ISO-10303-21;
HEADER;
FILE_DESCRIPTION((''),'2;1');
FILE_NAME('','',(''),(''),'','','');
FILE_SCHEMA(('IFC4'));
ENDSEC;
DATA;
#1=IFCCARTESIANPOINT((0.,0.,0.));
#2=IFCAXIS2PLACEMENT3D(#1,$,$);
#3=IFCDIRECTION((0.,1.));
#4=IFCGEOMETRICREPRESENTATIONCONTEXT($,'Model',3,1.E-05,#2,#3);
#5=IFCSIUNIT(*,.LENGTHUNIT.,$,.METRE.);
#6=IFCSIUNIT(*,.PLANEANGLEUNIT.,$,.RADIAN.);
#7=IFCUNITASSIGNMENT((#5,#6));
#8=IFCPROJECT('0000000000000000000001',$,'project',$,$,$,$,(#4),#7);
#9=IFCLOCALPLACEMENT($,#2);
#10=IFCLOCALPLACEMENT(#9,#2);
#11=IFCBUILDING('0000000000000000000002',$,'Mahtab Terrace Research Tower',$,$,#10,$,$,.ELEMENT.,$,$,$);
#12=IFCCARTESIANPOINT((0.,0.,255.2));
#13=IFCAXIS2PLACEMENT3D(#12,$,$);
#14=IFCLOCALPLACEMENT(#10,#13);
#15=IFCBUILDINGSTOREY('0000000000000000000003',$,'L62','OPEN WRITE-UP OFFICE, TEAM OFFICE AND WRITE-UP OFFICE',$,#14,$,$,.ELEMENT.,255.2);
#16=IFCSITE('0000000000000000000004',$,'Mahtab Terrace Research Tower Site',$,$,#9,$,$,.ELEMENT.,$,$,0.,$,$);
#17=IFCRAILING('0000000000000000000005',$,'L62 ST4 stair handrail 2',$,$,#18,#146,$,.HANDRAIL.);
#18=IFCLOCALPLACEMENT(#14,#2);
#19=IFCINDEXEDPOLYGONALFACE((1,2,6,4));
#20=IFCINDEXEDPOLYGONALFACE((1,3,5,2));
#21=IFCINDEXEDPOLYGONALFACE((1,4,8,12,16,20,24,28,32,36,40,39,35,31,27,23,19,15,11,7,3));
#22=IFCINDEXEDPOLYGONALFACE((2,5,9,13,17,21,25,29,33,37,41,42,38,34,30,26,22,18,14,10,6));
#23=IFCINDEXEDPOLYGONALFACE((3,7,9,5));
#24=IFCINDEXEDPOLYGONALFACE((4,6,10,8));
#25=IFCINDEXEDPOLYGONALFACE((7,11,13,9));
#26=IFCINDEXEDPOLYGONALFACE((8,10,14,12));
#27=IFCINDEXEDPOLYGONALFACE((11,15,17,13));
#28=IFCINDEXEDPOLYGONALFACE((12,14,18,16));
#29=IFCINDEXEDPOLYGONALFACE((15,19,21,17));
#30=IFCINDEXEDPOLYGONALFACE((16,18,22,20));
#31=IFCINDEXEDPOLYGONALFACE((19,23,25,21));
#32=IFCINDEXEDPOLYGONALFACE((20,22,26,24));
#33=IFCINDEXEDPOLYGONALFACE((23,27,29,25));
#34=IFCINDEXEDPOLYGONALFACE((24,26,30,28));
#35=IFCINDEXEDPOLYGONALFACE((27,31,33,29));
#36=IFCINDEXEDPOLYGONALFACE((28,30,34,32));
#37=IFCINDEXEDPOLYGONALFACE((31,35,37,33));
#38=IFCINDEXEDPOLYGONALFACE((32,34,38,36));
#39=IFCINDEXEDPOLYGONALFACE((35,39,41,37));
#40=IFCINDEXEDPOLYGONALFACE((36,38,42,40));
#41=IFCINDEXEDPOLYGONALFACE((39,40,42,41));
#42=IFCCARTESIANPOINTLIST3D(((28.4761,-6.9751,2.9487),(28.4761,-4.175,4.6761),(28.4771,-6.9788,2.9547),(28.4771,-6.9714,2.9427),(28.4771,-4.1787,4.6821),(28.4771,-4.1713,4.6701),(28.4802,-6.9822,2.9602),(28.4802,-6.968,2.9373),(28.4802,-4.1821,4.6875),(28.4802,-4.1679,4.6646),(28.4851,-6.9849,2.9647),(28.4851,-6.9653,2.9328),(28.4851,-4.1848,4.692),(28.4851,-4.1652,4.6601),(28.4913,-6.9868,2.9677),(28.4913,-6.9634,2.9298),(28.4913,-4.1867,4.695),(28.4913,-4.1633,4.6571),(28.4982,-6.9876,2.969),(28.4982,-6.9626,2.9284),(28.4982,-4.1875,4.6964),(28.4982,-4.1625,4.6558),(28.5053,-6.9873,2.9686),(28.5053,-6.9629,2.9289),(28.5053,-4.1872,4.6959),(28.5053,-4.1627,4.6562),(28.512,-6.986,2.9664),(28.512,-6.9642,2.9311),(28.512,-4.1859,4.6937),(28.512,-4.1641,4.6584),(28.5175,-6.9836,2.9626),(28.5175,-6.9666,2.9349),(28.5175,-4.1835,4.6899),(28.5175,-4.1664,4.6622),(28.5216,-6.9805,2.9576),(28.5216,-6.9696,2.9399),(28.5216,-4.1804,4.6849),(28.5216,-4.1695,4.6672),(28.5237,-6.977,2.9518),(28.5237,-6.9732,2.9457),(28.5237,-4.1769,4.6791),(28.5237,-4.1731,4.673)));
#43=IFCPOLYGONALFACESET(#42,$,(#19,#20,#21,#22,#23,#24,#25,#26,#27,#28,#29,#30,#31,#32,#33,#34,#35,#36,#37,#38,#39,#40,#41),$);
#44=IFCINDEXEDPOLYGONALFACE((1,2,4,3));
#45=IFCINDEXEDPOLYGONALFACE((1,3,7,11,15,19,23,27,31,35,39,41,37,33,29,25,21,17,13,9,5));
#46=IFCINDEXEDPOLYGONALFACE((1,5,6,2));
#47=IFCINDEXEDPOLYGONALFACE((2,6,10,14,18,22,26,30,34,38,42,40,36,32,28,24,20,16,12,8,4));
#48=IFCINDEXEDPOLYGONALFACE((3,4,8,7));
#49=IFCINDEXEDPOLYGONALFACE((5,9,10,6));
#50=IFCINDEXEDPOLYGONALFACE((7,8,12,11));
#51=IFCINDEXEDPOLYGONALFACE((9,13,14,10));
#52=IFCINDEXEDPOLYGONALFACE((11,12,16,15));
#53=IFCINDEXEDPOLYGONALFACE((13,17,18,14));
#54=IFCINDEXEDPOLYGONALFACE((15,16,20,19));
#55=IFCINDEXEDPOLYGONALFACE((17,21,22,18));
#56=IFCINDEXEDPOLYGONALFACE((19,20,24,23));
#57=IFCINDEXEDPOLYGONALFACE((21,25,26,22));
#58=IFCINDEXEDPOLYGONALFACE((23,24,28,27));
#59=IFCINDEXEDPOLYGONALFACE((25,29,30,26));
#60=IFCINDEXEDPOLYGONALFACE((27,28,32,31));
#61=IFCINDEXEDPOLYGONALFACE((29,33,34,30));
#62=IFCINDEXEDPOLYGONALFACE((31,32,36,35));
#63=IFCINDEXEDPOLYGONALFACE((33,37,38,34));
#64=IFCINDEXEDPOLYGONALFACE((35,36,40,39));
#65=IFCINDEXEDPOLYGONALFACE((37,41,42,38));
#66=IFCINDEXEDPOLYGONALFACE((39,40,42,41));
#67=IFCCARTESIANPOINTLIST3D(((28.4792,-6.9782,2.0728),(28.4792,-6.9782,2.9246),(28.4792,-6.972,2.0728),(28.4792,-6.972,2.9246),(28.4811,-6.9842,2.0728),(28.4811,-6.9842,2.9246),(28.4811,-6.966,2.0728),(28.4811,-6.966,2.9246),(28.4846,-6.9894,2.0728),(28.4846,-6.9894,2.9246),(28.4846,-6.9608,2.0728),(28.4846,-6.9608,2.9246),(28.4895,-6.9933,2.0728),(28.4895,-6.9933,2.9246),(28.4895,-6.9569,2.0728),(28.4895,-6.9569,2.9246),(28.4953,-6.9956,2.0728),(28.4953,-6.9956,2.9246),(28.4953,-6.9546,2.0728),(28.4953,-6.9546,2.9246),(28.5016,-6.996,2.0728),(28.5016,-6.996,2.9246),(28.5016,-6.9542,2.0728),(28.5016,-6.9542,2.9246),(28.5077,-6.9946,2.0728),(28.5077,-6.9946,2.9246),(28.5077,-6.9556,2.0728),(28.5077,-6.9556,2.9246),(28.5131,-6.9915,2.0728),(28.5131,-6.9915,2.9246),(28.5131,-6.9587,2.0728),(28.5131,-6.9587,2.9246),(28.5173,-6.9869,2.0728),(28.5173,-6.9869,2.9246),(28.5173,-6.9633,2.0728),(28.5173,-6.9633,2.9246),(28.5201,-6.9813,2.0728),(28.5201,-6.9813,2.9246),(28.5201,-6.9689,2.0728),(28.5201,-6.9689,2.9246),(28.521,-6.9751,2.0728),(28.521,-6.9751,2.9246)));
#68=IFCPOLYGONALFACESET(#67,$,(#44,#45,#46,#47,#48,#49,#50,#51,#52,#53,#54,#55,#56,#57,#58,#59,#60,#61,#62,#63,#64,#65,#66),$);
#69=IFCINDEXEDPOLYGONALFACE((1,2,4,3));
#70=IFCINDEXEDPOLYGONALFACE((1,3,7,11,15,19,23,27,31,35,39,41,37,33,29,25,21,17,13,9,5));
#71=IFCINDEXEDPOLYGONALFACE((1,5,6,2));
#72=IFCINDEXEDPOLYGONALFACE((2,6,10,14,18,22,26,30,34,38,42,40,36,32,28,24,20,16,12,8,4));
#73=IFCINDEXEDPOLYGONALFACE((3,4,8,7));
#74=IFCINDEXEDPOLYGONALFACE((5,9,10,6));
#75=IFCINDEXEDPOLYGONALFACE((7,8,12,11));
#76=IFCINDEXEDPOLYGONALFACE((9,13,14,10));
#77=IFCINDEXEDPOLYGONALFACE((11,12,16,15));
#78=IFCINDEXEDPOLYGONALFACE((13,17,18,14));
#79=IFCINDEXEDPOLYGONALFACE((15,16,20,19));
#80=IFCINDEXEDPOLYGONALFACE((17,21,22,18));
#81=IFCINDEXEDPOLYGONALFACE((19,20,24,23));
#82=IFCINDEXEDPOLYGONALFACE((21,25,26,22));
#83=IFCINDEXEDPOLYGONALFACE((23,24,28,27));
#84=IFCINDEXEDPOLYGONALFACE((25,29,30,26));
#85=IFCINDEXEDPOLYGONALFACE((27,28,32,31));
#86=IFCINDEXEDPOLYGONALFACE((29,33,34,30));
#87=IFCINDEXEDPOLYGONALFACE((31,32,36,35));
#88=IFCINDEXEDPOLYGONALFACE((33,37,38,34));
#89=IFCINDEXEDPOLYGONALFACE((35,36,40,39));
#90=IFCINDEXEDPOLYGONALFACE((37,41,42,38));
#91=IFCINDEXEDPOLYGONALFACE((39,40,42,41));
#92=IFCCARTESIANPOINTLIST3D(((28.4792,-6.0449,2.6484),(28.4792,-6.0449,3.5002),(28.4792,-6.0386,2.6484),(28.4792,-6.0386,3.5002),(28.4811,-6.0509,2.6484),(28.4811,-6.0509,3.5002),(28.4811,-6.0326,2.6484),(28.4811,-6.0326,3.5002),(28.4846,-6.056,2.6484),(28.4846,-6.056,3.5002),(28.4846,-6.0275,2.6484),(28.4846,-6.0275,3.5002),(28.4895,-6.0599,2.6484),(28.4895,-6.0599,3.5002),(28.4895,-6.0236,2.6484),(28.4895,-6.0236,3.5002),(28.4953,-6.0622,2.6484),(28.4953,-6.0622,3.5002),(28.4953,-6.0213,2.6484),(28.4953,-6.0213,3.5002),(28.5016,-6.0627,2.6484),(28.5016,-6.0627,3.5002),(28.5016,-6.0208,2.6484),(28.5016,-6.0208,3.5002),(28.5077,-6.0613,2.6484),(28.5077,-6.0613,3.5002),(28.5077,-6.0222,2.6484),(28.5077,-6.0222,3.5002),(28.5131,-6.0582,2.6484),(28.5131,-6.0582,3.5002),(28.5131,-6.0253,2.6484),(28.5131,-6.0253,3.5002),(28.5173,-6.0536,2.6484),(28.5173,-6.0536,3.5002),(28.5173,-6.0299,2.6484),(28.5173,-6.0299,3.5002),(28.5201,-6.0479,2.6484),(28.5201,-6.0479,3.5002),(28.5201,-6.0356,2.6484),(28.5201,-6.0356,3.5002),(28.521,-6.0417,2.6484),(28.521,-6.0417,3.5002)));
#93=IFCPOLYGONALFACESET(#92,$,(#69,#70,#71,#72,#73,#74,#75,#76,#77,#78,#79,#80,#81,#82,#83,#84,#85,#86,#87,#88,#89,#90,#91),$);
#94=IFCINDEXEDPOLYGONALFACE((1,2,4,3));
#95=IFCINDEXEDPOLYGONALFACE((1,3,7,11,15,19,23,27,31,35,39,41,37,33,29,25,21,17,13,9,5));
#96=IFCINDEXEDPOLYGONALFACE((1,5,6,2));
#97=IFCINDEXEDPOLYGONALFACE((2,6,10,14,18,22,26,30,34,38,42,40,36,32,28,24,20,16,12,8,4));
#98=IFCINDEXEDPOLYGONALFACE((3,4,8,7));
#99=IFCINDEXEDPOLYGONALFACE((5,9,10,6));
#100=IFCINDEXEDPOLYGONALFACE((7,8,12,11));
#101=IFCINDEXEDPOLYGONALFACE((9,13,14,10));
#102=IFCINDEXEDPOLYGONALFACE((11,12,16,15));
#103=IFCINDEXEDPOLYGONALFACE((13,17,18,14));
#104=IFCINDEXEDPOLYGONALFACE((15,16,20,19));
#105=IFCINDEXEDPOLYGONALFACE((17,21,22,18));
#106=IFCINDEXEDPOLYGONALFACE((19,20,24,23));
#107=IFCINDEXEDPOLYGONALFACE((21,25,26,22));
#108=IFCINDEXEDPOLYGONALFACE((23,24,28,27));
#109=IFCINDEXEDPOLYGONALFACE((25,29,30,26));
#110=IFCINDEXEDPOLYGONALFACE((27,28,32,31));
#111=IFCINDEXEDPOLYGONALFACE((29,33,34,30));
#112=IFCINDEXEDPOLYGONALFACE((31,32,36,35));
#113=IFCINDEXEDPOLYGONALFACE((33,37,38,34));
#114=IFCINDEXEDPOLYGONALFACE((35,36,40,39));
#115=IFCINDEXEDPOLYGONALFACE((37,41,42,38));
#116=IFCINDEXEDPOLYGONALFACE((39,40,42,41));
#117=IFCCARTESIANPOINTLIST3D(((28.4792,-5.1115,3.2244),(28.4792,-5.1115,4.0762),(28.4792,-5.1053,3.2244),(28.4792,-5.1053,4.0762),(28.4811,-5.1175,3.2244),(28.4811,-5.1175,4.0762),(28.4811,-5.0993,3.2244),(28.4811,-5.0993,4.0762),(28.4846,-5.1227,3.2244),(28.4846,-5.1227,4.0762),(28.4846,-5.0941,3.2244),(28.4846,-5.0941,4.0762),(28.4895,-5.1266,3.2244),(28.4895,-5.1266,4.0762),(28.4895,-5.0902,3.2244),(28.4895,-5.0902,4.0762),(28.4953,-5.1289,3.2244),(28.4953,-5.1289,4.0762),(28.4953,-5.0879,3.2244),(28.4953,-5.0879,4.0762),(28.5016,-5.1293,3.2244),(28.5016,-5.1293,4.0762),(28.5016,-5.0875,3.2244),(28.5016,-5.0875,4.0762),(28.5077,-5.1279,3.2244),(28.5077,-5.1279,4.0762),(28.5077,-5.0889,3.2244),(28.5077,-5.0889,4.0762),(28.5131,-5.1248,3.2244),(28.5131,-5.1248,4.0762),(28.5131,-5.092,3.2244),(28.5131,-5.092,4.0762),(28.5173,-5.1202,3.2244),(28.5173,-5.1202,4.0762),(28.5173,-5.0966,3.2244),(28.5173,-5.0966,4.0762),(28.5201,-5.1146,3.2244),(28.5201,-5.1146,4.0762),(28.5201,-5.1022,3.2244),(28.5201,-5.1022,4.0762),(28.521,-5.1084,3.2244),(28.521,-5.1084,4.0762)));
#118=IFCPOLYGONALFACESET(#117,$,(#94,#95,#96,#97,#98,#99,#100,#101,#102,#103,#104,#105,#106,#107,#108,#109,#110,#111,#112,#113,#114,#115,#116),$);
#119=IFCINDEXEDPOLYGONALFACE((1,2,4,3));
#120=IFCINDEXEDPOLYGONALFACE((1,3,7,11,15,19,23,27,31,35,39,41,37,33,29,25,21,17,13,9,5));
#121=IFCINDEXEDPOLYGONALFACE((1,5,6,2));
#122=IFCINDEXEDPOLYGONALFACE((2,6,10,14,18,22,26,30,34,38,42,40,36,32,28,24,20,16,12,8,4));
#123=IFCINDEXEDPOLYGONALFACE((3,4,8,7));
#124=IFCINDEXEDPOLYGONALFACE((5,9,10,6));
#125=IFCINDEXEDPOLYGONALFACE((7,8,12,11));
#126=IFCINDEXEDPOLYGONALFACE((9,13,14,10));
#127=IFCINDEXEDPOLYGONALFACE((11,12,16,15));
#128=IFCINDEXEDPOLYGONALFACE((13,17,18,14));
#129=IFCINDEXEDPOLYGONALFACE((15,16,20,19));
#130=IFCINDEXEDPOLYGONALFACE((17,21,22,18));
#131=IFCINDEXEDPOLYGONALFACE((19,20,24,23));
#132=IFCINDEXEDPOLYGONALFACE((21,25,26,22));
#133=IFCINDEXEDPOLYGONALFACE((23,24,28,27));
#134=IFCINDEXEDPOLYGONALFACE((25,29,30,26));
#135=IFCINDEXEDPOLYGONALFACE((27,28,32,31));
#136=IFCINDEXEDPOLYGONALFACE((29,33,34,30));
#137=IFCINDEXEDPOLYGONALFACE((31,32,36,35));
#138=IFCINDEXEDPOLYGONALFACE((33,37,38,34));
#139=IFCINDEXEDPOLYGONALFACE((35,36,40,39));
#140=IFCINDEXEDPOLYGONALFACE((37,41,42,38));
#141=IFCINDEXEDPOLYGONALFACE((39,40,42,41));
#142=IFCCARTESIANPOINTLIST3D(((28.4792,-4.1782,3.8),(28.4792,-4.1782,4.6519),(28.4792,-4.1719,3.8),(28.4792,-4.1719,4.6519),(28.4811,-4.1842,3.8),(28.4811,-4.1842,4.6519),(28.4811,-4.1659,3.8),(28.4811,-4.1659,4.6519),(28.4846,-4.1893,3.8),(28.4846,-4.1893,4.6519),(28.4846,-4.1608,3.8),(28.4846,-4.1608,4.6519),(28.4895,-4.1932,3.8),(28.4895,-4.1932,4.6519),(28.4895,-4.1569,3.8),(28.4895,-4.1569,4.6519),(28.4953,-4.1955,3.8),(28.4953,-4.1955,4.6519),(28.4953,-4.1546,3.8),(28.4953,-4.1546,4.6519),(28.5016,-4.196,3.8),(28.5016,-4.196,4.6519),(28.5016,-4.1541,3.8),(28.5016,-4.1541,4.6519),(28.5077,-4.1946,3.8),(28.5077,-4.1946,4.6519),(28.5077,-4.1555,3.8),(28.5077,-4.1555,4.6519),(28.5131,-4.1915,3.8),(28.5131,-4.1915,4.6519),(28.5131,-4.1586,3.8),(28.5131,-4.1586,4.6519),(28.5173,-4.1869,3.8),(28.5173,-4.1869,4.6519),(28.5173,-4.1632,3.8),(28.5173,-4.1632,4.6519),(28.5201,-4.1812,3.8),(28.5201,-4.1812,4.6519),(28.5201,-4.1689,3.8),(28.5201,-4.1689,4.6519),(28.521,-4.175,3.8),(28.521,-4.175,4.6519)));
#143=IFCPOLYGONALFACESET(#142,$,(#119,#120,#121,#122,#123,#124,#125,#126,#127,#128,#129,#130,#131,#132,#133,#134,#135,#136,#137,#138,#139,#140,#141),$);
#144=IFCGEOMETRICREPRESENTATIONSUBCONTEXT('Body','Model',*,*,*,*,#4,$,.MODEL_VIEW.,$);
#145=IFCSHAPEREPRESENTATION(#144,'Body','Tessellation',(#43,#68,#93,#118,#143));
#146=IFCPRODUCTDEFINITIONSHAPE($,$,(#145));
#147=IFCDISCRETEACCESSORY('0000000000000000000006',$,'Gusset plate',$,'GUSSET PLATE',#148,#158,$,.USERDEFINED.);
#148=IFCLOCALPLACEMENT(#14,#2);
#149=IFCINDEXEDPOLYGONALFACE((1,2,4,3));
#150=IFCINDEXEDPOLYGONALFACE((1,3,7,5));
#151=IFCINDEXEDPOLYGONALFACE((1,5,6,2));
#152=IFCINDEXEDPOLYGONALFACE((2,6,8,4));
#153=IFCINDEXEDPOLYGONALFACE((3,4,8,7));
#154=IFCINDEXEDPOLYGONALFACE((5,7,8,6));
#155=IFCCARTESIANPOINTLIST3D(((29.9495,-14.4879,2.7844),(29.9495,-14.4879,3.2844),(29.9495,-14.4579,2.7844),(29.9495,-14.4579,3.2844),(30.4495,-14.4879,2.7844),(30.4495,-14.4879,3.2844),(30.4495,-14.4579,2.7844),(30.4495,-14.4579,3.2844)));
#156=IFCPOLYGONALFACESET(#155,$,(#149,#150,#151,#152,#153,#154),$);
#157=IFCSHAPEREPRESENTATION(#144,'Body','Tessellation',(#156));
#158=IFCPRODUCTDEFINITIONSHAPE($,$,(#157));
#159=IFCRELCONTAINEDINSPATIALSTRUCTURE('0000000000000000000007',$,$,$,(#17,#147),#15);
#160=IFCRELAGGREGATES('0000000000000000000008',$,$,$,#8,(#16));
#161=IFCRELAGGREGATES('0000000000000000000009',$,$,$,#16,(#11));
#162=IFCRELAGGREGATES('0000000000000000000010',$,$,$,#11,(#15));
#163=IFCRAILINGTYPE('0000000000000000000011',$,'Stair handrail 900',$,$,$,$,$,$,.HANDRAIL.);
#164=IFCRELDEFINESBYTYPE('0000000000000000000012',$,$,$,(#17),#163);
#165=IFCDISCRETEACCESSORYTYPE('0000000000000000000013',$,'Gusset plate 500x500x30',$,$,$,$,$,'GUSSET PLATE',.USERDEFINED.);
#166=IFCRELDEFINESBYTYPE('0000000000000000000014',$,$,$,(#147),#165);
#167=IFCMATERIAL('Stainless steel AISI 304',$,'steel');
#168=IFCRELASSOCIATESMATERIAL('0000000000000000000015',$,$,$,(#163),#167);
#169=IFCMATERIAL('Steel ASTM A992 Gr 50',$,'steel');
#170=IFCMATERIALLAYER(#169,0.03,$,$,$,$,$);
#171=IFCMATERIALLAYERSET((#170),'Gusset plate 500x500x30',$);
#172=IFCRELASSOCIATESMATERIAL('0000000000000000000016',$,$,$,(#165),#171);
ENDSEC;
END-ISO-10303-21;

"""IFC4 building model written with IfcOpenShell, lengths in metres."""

from ifc_helpers import new_model, si_unit, direction, frame, origin, origin_2d, place, context, subcontext, project, spatial, rectangle, circle, extrude, material, layer, layer_set, type_object, element, save


model = new_model("IFC4")

# Units and contexts
model_context = context("Model", 3, precision=1e-05, world=origin(), true_north=direction((0.0, 1.0)))
body_context = subcontext(model_context, "Body", "Model", "MODEL_VIEW")
ifc_project = project(units=[si_unit("LENGTHUNIT", "METRE"), si_unit("PLANEANGLEUNIT", "RADIAN")], contexts=[model_context])

# Site, building, storey
site_placement = place(None, origin())
site = spatial("IfcSite", under=ifc_project, at=site_placement, Name="Mahtab Terrace Research Tower Site", CompositionType="ELEMENT", RefElevation=0.0)
building_placement = place(site_placement, origin())
building = spatial("IfcBuilding", under=site, at=building_placement, Name="Mahtab Terrace Research Tower", CompositionType="ELEMENT")
storey_placement = place(building_placement, frame((0.0, 0.0, 255.2)))
storey = spatial("IfcBuildingStorey", under=building, at=storey_placement, Name="L62", Description="OPEN WRITE-UP OFFICE, TEAM OFFICE AND WRITE-UP OFFICE", CompositionType="ELEMENT", Elevation=255.2)

# Shared definitions
ifc_material_1 = material(Name="Steel ASTM A992 Gr 50", Category="steel")

# Railing
ifc_material_2 = material(Name="Stainless steel AISI 304", Category="steel")
railing_type_1 = type_object("IfcRailingType", Name="Stair handrail 900", PredefinedType="HANDRAIL", material=ifc_material_2)
railing_1_placement = place(storey_placement, frame((28.5, -6.9751, 2.0728)))
element("IfcRailing", 1, at=railing_1_placement, inside=storey, type_object=railing_type_1, Name="L62 ST4 stair handrail 2", PredefinedType="HANDRAIL", context=body_context, shape_type="SweptSolid", body=[
    extrude(circle(Radius=0.0239, at=origin_2d()), frame((0.0, 0.0, 0.876), z_axis=(0.0, 0.85109, 0.52502), x_axis=(-1.0, 0.0, 0.0)), (0.0, 0.0, 1.0), 3.29),
    extrude(circle(Radius=0.021, at=origin_2d()), origin(), (0.0, 0.0, 1.0), 0.8518),
    extrude(circle(Radius=0.021, at=origin_2d()), frame((0.0, 0.9333, 0.5757)), (0.0, 0.0, 1.0), 0.8518),
    extrude(circle(Radius=0.021, at=origin_2d()), frame((0.0, 1.8667, 1.1516)), (0.0, 0.0, 1.0), 0.8518),
    extrude(circle(Radius=0.021, at=origin_2d()), frame((0.0, 2.8, 1.7273)), (0.0, 0.0, 1.0), 0.8518),
])

# Discrete accessory
ifc_layer_1 = layer(ifc_material_1, 0.03)
ifc_layer_set_1 = layer_set([ifc_layer_1], Name="Gusset plate 500x500x30")
discrete_accessory_type = type_object("IfcDiscreteAccessoryType", Name="Gusset plate 500x500x30", ElementType="GUSSET PLATE", PredefinedType="USERDEFINED", material=ifc_layer_set_1)
discrete_accessory_placement = place(storey_placement, frame((30.1995, -14.4729, 2.7844), z_axis=(0.0, 0.0, 1.0), x_axis=(1.0, 0.0, 0.0)))
element("IfcDiscreteAccessory", 2, at=discrete_accessory_placement, inside=storey, type_object=discrete_accessory_type, Name="Gusset plate", ObjectType="GUSSET PLATE", PredefinedType="USERDEFINED", context=body_context, shape_type="SweptSolid", body=[
    extrude(rectangle(XDim=0.5, YDim=0.03, at=origin_2d()), origin(), (0.0, 0.0, 1.0), 0.5),
])

save(model, "model.ifc")
